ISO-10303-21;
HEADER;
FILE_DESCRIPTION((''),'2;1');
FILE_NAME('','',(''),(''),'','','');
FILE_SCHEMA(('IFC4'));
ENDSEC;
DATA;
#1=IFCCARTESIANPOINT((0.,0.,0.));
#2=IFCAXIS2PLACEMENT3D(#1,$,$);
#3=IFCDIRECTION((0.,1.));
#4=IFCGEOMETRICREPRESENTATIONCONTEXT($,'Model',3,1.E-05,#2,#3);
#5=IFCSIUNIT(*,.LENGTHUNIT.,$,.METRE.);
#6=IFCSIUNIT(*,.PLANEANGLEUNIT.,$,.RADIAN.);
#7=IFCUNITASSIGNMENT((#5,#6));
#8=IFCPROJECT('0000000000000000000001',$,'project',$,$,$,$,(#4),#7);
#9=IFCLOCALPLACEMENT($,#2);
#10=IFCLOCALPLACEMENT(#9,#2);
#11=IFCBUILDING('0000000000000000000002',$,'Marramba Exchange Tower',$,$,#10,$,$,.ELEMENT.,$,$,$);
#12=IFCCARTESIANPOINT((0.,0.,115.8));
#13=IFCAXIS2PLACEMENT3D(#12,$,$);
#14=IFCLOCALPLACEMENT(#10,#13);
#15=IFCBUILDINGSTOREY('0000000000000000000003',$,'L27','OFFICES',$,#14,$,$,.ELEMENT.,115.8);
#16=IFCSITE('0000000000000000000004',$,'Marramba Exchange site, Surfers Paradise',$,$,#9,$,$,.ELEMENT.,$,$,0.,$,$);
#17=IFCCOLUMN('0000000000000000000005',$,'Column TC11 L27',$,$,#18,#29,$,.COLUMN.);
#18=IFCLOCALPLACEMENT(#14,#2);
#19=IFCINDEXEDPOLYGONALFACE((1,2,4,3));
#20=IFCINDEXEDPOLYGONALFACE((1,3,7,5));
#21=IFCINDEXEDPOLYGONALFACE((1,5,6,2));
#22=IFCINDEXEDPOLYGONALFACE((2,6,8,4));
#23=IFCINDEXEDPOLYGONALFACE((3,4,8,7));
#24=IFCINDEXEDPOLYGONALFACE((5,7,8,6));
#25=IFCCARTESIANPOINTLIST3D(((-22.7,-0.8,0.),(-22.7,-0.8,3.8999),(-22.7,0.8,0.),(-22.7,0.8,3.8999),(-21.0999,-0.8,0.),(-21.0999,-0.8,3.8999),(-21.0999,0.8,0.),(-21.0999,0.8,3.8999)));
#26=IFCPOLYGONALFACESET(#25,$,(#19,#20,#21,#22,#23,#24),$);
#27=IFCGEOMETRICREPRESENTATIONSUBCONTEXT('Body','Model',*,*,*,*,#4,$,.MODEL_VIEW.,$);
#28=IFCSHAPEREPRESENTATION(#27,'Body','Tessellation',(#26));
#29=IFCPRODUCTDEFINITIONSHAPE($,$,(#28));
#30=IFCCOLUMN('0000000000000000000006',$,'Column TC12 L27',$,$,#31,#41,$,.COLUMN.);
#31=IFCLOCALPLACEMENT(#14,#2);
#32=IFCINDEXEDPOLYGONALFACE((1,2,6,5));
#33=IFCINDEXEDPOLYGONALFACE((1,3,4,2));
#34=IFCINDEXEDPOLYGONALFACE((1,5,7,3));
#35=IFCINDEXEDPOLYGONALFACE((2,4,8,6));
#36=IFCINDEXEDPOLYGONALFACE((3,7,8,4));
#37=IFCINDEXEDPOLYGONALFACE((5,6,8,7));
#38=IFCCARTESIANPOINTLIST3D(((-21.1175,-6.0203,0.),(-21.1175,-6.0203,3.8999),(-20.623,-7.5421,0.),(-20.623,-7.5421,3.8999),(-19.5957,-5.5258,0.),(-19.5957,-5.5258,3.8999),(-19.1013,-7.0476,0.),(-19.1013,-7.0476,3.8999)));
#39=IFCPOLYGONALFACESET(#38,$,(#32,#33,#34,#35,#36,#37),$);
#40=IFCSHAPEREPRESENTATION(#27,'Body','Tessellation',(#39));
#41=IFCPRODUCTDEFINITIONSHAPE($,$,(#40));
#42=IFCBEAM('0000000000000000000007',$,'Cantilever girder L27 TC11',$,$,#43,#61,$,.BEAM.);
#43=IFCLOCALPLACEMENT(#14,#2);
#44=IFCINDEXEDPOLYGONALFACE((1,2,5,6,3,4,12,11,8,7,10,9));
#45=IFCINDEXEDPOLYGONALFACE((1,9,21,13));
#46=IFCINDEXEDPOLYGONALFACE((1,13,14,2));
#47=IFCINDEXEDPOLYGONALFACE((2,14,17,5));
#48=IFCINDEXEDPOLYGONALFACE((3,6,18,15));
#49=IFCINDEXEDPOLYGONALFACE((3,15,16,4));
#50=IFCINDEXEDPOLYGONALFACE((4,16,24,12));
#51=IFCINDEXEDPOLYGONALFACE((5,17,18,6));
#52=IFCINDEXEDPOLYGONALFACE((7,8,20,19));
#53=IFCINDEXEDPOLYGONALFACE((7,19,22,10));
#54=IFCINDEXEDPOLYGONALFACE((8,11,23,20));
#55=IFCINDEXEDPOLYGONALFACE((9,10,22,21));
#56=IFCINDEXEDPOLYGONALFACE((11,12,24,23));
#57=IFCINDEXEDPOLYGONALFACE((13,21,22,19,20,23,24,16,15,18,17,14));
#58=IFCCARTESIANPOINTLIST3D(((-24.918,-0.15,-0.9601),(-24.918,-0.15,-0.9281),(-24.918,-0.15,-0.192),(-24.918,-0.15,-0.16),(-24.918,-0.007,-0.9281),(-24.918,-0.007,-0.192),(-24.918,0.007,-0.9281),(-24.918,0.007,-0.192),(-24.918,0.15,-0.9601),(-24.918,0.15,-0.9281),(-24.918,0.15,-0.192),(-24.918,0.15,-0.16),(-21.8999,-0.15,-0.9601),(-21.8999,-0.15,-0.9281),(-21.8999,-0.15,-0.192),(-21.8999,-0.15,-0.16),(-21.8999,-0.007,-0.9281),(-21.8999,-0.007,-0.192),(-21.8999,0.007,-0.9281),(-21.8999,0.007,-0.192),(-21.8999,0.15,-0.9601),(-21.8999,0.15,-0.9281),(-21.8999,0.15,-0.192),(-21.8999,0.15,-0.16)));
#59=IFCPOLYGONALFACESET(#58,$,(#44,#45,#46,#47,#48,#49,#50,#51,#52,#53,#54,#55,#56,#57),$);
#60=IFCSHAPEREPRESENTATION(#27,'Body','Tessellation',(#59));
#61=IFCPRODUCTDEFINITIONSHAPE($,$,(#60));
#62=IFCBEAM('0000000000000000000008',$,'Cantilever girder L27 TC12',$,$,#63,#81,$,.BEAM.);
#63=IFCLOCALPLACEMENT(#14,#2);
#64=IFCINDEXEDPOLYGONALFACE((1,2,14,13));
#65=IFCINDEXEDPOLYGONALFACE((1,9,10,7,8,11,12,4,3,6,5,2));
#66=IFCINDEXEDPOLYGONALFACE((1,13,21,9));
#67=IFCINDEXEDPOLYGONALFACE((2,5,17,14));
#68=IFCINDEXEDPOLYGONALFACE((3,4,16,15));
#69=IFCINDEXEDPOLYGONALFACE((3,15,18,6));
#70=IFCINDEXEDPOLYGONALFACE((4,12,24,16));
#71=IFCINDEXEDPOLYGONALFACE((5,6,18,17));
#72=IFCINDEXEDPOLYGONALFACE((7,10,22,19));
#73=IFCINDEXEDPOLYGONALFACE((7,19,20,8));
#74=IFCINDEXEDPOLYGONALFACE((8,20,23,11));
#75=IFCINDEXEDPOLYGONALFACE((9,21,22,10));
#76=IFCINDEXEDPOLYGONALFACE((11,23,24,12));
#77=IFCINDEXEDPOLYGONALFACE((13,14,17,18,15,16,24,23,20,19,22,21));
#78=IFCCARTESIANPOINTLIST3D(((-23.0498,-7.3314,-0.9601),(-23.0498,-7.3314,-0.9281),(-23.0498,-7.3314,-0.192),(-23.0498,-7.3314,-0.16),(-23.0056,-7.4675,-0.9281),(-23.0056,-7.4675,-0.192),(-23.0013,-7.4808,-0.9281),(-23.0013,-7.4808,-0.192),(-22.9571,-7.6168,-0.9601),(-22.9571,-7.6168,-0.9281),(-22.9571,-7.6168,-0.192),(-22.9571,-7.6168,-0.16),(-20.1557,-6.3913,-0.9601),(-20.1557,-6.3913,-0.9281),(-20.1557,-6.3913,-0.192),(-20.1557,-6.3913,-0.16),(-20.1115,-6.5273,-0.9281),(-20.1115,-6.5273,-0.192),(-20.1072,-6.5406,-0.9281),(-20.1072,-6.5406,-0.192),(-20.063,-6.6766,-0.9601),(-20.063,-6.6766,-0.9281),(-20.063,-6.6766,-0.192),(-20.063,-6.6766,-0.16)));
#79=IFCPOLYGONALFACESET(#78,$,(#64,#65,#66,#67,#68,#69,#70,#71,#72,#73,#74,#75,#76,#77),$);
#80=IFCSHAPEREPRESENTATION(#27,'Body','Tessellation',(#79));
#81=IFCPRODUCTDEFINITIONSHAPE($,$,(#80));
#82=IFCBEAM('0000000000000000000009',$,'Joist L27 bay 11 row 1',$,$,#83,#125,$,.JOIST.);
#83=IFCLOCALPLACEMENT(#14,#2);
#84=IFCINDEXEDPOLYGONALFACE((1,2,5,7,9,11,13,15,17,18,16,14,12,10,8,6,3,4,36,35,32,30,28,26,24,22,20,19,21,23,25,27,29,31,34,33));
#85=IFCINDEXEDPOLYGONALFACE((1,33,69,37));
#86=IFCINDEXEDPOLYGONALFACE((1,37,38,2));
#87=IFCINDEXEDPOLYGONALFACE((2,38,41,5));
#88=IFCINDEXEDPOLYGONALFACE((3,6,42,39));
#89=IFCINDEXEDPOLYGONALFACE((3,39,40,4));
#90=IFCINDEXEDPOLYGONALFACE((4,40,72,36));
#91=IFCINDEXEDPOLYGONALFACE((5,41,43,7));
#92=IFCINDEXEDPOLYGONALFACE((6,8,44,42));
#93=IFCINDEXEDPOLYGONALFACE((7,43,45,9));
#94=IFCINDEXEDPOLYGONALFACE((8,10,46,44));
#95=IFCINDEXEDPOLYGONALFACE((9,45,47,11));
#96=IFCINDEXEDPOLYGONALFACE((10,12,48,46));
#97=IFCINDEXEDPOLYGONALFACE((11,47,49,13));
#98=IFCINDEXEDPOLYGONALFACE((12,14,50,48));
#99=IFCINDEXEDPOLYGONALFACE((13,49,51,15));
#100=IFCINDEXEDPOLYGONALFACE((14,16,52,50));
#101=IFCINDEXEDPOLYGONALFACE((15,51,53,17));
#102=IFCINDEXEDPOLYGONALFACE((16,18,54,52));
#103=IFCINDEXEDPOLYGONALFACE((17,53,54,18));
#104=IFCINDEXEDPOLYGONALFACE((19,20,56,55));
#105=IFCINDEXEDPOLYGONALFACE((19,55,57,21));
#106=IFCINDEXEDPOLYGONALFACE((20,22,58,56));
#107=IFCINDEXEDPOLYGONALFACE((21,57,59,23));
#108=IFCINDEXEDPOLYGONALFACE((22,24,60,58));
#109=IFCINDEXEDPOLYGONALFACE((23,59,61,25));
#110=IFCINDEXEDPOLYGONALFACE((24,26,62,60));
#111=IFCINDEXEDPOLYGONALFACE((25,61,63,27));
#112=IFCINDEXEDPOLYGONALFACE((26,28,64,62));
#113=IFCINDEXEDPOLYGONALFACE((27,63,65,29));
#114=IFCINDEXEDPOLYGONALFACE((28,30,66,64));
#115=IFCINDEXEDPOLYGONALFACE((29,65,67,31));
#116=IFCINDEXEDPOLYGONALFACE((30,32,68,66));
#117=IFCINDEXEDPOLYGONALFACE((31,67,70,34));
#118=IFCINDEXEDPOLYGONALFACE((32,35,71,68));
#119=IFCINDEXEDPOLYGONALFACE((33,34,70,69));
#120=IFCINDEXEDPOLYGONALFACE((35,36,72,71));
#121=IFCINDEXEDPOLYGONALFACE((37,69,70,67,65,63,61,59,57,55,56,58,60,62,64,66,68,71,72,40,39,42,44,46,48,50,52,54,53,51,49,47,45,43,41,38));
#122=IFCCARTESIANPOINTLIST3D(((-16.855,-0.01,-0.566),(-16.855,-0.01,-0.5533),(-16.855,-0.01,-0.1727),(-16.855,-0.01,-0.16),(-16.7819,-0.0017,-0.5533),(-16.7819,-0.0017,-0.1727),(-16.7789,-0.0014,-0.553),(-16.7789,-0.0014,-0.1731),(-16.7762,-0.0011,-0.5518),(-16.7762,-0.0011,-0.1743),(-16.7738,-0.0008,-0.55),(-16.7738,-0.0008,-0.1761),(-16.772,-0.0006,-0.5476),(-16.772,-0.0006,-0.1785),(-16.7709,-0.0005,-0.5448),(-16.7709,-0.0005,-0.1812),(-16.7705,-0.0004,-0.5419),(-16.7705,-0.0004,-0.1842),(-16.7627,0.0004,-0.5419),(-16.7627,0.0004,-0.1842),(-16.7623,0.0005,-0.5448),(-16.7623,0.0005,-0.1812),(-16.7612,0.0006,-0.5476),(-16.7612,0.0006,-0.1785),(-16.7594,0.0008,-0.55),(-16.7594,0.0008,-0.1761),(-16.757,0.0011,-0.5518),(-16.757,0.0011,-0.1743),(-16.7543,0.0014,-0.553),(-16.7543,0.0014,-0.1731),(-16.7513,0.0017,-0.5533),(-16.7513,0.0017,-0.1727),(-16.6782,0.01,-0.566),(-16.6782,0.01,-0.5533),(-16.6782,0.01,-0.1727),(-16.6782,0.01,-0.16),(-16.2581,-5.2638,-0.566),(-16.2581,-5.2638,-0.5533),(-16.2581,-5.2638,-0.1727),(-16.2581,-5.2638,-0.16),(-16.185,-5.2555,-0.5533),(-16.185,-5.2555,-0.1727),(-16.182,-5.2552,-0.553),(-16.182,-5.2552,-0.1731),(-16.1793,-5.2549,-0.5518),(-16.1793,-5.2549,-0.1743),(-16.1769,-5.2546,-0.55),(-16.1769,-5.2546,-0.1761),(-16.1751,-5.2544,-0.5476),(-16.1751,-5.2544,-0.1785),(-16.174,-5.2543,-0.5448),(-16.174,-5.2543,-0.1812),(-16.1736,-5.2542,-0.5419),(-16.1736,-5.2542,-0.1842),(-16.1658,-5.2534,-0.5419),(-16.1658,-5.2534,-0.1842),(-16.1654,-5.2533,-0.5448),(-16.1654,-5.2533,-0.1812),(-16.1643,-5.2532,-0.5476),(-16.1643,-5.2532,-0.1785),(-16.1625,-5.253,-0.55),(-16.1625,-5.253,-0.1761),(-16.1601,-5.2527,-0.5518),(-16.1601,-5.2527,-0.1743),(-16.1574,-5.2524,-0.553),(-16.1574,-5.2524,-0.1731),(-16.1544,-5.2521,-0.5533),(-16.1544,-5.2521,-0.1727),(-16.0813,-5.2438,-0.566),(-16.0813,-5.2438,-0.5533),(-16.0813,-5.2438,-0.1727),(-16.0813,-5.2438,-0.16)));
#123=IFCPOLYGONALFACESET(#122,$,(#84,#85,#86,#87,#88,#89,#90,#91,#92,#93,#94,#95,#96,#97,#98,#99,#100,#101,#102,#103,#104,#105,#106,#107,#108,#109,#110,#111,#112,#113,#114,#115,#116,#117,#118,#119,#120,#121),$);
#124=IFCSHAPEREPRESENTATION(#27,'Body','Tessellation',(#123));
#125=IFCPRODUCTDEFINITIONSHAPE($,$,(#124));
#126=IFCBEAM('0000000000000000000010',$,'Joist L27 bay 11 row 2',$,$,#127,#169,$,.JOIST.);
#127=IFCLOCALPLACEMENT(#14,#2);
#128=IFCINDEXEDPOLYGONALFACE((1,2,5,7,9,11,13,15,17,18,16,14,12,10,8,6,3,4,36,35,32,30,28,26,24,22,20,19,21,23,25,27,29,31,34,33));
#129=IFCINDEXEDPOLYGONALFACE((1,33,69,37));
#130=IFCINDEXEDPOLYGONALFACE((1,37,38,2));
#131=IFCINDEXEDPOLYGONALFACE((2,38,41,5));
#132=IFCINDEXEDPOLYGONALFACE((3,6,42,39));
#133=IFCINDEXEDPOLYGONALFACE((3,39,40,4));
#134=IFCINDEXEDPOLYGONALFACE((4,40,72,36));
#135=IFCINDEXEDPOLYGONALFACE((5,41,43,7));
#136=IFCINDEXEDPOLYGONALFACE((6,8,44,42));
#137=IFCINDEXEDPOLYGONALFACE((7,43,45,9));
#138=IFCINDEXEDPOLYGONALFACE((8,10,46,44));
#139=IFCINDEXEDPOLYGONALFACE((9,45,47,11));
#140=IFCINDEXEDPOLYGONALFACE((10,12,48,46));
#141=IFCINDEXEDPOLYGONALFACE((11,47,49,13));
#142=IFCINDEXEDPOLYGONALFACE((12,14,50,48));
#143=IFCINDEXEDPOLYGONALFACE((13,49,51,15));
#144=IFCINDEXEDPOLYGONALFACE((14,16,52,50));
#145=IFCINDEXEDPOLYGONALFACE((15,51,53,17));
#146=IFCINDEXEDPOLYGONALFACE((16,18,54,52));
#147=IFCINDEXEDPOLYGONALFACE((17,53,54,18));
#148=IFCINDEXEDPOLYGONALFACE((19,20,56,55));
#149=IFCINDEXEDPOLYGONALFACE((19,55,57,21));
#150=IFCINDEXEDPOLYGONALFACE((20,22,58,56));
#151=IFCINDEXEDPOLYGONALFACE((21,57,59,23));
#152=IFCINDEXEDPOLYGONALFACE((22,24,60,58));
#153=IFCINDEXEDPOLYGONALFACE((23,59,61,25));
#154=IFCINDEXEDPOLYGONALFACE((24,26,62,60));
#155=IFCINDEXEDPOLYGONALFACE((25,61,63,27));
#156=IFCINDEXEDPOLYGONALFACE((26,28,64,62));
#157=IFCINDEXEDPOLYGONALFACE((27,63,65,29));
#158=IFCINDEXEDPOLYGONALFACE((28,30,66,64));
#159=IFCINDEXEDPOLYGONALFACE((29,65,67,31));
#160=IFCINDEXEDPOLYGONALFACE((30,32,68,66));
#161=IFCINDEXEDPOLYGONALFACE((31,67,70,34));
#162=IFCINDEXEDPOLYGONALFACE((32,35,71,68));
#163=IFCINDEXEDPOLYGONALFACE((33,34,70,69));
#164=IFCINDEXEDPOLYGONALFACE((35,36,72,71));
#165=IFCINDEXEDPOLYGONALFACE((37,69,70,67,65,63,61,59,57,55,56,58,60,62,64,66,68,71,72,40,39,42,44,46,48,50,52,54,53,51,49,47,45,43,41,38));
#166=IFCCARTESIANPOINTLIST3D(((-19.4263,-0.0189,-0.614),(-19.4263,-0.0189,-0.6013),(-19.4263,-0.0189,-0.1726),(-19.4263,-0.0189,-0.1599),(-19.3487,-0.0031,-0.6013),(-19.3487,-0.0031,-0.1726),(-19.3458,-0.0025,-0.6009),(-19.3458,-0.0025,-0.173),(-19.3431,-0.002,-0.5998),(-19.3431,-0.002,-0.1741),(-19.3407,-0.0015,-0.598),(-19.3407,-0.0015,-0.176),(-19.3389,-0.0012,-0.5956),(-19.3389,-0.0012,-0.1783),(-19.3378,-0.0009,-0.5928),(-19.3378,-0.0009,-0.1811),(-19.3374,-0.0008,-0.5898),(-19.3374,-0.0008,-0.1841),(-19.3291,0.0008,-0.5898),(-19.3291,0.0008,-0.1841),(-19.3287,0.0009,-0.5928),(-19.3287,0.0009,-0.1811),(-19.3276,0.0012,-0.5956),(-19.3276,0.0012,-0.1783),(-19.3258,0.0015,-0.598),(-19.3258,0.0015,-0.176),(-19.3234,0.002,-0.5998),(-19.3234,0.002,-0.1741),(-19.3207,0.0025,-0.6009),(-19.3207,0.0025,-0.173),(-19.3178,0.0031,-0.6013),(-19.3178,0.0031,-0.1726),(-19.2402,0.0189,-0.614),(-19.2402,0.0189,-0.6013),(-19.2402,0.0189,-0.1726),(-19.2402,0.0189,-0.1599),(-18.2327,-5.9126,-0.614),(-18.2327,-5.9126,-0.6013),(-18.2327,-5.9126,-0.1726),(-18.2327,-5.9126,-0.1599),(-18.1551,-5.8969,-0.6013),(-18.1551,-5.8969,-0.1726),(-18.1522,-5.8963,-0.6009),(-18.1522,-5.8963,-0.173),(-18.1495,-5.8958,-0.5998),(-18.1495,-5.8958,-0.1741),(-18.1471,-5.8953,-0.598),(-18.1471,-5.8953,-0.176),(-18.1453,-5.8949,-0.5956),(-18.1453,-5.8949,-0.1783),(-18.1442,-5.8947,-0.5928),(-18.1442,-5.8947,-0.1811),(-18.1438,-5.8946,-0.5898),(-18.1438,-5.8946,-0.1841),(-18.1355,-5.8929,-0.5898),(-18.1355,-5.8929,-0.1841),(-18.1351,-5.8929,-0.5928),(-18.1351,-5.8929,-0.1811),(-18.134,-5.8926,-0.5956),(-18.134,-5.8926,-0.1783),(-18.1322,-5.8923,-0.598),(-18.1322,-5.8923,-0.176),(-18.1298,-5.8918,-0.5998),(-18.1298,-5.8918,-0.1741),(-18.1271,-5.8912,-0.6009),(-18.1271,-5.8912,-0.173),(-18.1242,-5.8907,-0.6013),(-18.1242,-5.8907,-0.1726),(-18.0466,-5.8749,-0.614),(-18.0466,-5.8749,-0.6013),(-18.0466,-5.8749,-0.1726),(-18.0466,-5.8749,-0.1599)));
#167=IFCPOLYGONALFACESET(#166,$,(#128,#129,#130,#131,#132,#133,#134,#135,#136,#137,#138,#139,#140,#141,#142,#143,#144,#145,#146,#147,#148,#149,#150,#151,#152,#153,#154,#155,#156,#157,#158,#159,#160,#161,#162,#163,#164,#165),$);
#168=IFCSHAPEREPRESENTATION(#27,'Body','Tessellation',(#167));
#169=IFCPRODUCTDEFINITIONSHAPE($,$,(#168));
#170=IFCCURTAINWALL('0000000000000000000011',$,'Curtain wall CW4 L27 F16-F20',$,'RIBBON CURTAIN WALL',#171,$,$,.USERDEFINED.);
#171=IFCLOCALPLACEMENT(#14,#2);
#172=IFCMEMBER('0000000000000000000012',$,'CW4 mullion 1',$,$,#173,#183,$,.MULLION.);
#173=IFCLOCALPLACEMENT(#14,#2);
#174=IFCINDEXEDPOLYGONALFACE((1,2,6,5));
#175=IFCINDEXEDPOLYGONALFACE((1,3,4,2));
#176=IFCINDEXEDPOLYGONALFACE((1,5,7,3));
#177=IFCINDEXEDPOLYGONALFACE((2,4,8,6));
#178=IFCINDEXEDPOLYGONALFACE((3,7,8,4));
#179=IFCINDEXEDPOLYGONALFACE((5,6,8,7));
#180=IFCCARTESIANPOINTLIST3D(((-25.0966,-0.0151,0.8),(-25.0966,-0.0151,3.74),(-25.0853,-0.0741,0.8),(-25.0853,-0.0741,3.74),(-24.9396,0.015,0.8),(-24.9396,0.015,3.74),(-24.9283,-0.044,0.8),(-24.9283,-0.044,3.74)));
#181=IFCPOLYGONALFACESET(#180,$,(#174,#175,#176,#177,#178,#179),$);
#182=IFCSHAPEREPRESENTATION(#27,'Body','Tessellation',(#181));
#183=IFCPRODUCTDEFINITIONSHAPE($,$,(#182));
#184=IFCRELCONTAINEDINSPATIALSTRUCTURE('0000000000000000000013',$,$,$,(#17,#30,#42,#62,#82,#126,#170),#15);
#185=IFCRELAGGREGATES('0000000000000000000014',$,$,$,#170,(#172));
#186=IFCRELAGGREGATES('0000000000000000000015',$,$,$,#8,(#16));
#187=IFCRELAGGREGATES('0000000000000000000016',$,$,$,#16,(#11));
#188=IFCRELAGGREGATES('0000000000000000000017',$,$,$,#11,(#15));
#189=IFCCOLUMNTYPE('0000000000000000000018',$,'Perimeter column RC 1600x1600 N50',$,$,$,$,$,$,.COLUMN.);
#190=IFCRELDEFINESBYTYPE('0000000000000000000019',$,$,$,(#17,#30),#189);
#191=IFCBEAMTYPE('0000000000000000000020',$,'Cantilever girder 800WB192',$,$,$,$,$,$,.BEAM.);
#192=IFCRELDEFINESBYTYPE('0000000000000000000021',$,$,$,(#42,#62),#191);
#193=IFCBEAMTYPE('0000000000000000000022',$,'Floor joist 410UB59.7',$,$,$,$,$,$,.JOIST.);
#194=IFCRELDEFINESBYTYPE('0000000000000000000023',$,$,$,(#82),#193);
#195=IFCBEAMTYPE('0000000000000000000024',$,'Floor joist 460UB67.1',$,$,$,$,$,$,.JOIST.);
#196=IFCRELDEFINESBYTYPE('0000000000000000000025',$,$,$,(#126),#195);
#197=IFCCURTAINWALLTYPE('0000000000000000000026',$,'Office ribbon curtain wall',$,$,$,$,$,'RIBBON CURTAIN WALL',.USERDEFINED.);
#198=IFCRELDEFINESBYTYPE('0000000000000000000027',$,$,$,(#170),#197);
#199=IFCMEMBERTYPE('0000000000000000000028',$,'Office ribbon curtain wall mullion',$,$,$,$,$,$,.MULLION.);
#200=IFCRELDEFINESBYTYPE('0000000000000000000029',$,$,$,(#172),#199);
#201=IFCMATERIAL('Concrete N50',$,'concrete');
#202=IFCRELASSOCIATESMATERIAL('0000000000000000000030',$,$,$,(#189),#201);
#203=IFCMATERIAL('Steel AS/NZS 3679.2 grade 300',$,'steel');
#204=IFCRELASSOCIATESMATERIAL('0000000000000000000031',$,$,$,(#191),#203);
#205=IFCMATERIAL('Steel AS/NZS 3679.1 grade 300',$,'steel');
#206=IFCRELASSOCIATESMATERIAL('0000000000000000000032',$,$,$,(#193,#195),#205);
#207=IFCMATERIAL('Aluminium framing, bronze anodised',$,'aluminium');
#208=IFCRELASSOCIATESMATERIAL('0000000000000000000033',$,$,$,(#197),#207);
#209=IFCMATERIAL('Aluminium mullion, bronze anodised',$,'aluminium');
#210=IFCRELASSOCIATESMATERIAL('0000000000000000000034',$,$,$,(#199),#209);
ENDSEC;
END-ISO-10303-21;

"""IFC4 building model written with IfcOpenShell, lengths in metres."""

from ifc_helpers import new_model, si_unit, direction, frame, origin, origin_2d, place, context, subcontext, project, spatial, rectangle, i_section, extrude, material, material_profile, profile_set, type_object, element, aggregate, save


model = new_model("IFC4")

# Units and contexts
model_context = context("Model", 3, precision=1e-05, world=origin(), true_north=direction((0.0, 1.0)))
body_context = subcontext(model_context, "Body", "Model", "MODEL_VIEW")
ifc_project = project(units=[si_unit("LENGTHUNIT", "METRE"), si_unit("PLANEANGLEUNIT", "RADIAN")], contexts=[model_context])

# Site, building, storey
site_placement = place(None, origin())
site = spatial("IfcSite", under=ifc_project, at=site_placement, Name="Marramba Exchange site, Surfers Paradise", CompositionType="ELEMENT", RefElevation=0.0)
building_placement = place(site_placement, origin())
building = spatial("IfcBuilding", under=site, at=building_placement, Name="Marramba Exchange Tower", CompositionType="ELEMENT")
storey_placement = place(building_placement, frame((0.0, 0.0, 115.8)))
storey = spatial("IfcBuildingStorey", under=building, at=storey_placement, Name="L27", Description="OFFICES", CompositionType="ELEMENT", Elevation=115.8)

# Columns
ifc_material_1 = material(Name="Concrete N50", Category="concrete")
ifc_material_profile_1 = material_profile(ifc_material_1, rectangle(XDim=1.6001, YDim=1.6001, at=origin_2d()), Name="RC 1600x1600")
ifc_profile_set_1 = profile_set([ifc_material_profile_1], Name="Concrete N50")
column_type = type_object("IfcColumnType", Name="Perimeter column RC 1600x1600 N50", PredefinedType="COLUMN", material=ifc_profile_set_1)
for number, where, z_axis, x_axis, name in (
    (1, (-21.8999, 0.0, 0.0), (0.0, 0.0, 1.0), (-1.0, 0.0, 0.0), "Column TC11 L27"),
    (2, (-20.1094, -6.5339, 0.0), (0.0, 0.0, 1.0), (-0.951057, -0.309017, 0.0), "Column TC12 L27"),
):
    element("IfcColumn", number, at=place(storey_placement, frame(where, z_axis=z_axis, x_axis=x_axis)), inside=storey, type_object=column_type, Name=name, PredefinedType="COLUMN", context=body_context, shape_type="SweptSolid", body=[
        extrude(rectangle(XDim=1.6001, YDim=1.6001, at=origin_2d()), origin(), (0.0, 0.0, 1.0), 3.8999),
    ])

# Beams
ifc_material_2 = material(Name="Steel AS/NZS 3679.2 grade 300", Category="steel")
ifc_material_profile_2 = material_profile(ifc_material_2, i_section(OverallWidth=0.3, OverallDepth=0.8, WebThickness=0.0139, FlangeThickness=0.032, at=origin_2d()), Name="800WB192")
ifc_profile_set_2 = profile_set([ifc_material_profile_2], Name="Steel AS/NZS 3679.2 grade 300")
beam_type_1 = type_object("IfcBeamType", Name="Cantilever girder 800WB192", PredefinedType="BEAM", material=ifc_profile_set_2)
beam_1_placement = place(storey_placement, frame((-21.8999, 0.0, -0.5601), z_axis=(-1.0, 0.0, 0.0), x_axis=(0.0, -1.0, 0.0)))
element("IfcBeam", 3, at=beam_1_placement, inside=storey, type_object=beam_type_1, Name="Cantilever girder L27 TC11", PredefinedType="BEAM", context=body_context, shape_type="SweptSolid", body=[
    extrude(i_section(OverallWidth=0.3, OverallDepth=0.8, WebThickness=0.0139, FlangeThickness=0.032, at=origin_2d()), origin(), (0.0, 0.0, 1.0), 3.0181),
])
beam_2_placement = place(storey_placement, frame((-20.1094, -6.5339, -0.5601), z_axis=(-0.951071, -0.308974, 0.0), x_axis=(0.308974, -0.951071, 0.0)))
element("IfcBeam", 4, at=beam_2_placement, inside=storey, type_object=beam_type_1, Name="Cantilever girder L27 TC12", PredefinedType="BEAM", context=body_context, shape_type="SweptSolid", body=[
    extrude(i_section(OverallWidth=0.3, OverallDepth=0.8, WebThickness=0.0139, FlangeThickness=0.032, at=origin_2d()), origin(), (0.0, 0.0, 1.0), 3.043),
])
ifc_material_3 = material(Name="Steel AS/NZS 3679.1 grade 300", Category="steel")
ifc_material_profile_3 = material_profile(ifc_material_3, i_section(OverallWidth=0.178, OverallDepth=0.406, WebThickness=0.0078, FlangeThickness=0.0127, FilletRadius=0.0115, at=origin_2d()), Name="410UB59.7")
ifc_profile_set_3 = profile_set([ifc_material_profile_3], Name="Steel AS/NZS 3679.1 grade 300")
beam_type_2 = type_object("IfcBeamType", Name="Floor joist 410UB59.7", PredefinedType="JOIST", material=ifc_profile_set_3)
beam_3_placement = place(storey_placement, frame((-16.7666, 0.0, -0.363), z_axis=(0.112889, -0.993608, 0.0), x_axis=(0.993608, 0.112889, 0.0)))
element("IfcBeam", 5, at=beam_3_placement, inside=storey, type_object=beam_type_2, Name="Joist L27 bay 11 row 1", PredefinedType="JOIST", context=body_context, shape_type="SweptSolid", body=[
    extrude(i_section(OverallWidth=0.178, OverallDepth=0.406, WebThickness=0.0078, FlangeThickness=0.0127, FilletRadius=0.0115, at=origin_2d()), origin(), (0.0, 0.0, 1.0), 5.2876),
])
ifc_material_profile_4 = material_profile(ifc_material_3, i_section(OverallWidth=0.1899, OverallDepth=0.4541, WebThickness=0.0085, FlangeThickness=0.0127, FilletRadius=0.0115, at=origin_2d()), Name="460UB67.1")
ifc_profile_set_4 = profile_set([ifc_material_profile_4], Name="Steel AS/NZS 3679.1 grade 300")
beam_type_3 = type_object("IfcBeamType", Name="Floor joist 460UB67.1", PredefinedType="JOIST", material=ifc_profile_set_4)
beam_4_placement = place(storey_placement, frame((-19.3333, 0.0, -0.387), z_axis=(0.198489, -0.980103, 0.0), x_axis=(0.980103, 0.198489, 0.0)))
element("IfcBeam", 6, at=beam_4_placement, inside=storey, type_object=beam_type_3, Name="Joist L27 bay 11 row 2", PredefinedType="JOIST", context=body_context, shape_type="SweptSolid", body=[
    extrude(i_section(OverallWidth=0.1899, OverallDepth=0.4541, WebThickness=0.0085, FlangeThickness=0.0127, FilletRadius=0.0115, at=origin_2d()), origin(), (0.0, 0.0, 1.0), 6.0134),
])

# Curtain wall, member
ifc_material_4 = material(Name="Aluminium framing, bronze anodised", Category="aluminium")
curtain_wall_type = type_object("IfcCurtainWallType", Name="Office ribbon curtain wall", ElementType="RIBBON CURTAIN WALL", PredefinedType="USERDEFINED", material=ifc_material_4)
curtain_wall_placement = place(storey_placement, origin())
curtain_wall = element("IfcCurtainWall", 7, at=curtain_wall_placement, inside=storey, type_object=curtain_wall_type, Name="Curtain wall CW4 L27 F16-F20", ObjectType="RIBBON CURTAIN WALL", PredefinedType="USERDEFINED")
ifc_material_5 = material(Name="Aluminium mullion, bronze anodised", Category="aluminium")
ifc_material_profile_5 = material_profile(ifc_material_5, rectangle(XDim=0.1599, YDim=0.0601, at=origin_2d()), Name="CW4 mullion 60x160")
ifc_profile_set_5 = profile_set([ifc_material_profile_5], Name="Aluminium mullion, bronze anodised")
member_type_1 = type_object("IfcMemberType", Name="Office ribbon curtain wall mullion", PredefinedType="MULLION", material=ifc_profile_set_5)
member_1_placement = place(storey_placement, frame((-25.0125, -0.0295, 0.8), z_axis=(0.0, 0.0, 1.0), x_axis=(0.982126, 0.188227, 0.0)))
member_1 = element("IfcMember", 8, at=member_1_placement, type_object=member_type_1, Name="CW4 mullion 1", PredefinedType="MULLION", context=body_context, shape_type="SweptSolid", body=[
    extrude(rectangle(XDim=0.1599, YDim=0.0601, at=origin_2d()), origin(), (0.0, 0.0, 1.0), 2.9399),
])

aggregate(curtain_wall, [member_1])

save(model, "model.ifc")
